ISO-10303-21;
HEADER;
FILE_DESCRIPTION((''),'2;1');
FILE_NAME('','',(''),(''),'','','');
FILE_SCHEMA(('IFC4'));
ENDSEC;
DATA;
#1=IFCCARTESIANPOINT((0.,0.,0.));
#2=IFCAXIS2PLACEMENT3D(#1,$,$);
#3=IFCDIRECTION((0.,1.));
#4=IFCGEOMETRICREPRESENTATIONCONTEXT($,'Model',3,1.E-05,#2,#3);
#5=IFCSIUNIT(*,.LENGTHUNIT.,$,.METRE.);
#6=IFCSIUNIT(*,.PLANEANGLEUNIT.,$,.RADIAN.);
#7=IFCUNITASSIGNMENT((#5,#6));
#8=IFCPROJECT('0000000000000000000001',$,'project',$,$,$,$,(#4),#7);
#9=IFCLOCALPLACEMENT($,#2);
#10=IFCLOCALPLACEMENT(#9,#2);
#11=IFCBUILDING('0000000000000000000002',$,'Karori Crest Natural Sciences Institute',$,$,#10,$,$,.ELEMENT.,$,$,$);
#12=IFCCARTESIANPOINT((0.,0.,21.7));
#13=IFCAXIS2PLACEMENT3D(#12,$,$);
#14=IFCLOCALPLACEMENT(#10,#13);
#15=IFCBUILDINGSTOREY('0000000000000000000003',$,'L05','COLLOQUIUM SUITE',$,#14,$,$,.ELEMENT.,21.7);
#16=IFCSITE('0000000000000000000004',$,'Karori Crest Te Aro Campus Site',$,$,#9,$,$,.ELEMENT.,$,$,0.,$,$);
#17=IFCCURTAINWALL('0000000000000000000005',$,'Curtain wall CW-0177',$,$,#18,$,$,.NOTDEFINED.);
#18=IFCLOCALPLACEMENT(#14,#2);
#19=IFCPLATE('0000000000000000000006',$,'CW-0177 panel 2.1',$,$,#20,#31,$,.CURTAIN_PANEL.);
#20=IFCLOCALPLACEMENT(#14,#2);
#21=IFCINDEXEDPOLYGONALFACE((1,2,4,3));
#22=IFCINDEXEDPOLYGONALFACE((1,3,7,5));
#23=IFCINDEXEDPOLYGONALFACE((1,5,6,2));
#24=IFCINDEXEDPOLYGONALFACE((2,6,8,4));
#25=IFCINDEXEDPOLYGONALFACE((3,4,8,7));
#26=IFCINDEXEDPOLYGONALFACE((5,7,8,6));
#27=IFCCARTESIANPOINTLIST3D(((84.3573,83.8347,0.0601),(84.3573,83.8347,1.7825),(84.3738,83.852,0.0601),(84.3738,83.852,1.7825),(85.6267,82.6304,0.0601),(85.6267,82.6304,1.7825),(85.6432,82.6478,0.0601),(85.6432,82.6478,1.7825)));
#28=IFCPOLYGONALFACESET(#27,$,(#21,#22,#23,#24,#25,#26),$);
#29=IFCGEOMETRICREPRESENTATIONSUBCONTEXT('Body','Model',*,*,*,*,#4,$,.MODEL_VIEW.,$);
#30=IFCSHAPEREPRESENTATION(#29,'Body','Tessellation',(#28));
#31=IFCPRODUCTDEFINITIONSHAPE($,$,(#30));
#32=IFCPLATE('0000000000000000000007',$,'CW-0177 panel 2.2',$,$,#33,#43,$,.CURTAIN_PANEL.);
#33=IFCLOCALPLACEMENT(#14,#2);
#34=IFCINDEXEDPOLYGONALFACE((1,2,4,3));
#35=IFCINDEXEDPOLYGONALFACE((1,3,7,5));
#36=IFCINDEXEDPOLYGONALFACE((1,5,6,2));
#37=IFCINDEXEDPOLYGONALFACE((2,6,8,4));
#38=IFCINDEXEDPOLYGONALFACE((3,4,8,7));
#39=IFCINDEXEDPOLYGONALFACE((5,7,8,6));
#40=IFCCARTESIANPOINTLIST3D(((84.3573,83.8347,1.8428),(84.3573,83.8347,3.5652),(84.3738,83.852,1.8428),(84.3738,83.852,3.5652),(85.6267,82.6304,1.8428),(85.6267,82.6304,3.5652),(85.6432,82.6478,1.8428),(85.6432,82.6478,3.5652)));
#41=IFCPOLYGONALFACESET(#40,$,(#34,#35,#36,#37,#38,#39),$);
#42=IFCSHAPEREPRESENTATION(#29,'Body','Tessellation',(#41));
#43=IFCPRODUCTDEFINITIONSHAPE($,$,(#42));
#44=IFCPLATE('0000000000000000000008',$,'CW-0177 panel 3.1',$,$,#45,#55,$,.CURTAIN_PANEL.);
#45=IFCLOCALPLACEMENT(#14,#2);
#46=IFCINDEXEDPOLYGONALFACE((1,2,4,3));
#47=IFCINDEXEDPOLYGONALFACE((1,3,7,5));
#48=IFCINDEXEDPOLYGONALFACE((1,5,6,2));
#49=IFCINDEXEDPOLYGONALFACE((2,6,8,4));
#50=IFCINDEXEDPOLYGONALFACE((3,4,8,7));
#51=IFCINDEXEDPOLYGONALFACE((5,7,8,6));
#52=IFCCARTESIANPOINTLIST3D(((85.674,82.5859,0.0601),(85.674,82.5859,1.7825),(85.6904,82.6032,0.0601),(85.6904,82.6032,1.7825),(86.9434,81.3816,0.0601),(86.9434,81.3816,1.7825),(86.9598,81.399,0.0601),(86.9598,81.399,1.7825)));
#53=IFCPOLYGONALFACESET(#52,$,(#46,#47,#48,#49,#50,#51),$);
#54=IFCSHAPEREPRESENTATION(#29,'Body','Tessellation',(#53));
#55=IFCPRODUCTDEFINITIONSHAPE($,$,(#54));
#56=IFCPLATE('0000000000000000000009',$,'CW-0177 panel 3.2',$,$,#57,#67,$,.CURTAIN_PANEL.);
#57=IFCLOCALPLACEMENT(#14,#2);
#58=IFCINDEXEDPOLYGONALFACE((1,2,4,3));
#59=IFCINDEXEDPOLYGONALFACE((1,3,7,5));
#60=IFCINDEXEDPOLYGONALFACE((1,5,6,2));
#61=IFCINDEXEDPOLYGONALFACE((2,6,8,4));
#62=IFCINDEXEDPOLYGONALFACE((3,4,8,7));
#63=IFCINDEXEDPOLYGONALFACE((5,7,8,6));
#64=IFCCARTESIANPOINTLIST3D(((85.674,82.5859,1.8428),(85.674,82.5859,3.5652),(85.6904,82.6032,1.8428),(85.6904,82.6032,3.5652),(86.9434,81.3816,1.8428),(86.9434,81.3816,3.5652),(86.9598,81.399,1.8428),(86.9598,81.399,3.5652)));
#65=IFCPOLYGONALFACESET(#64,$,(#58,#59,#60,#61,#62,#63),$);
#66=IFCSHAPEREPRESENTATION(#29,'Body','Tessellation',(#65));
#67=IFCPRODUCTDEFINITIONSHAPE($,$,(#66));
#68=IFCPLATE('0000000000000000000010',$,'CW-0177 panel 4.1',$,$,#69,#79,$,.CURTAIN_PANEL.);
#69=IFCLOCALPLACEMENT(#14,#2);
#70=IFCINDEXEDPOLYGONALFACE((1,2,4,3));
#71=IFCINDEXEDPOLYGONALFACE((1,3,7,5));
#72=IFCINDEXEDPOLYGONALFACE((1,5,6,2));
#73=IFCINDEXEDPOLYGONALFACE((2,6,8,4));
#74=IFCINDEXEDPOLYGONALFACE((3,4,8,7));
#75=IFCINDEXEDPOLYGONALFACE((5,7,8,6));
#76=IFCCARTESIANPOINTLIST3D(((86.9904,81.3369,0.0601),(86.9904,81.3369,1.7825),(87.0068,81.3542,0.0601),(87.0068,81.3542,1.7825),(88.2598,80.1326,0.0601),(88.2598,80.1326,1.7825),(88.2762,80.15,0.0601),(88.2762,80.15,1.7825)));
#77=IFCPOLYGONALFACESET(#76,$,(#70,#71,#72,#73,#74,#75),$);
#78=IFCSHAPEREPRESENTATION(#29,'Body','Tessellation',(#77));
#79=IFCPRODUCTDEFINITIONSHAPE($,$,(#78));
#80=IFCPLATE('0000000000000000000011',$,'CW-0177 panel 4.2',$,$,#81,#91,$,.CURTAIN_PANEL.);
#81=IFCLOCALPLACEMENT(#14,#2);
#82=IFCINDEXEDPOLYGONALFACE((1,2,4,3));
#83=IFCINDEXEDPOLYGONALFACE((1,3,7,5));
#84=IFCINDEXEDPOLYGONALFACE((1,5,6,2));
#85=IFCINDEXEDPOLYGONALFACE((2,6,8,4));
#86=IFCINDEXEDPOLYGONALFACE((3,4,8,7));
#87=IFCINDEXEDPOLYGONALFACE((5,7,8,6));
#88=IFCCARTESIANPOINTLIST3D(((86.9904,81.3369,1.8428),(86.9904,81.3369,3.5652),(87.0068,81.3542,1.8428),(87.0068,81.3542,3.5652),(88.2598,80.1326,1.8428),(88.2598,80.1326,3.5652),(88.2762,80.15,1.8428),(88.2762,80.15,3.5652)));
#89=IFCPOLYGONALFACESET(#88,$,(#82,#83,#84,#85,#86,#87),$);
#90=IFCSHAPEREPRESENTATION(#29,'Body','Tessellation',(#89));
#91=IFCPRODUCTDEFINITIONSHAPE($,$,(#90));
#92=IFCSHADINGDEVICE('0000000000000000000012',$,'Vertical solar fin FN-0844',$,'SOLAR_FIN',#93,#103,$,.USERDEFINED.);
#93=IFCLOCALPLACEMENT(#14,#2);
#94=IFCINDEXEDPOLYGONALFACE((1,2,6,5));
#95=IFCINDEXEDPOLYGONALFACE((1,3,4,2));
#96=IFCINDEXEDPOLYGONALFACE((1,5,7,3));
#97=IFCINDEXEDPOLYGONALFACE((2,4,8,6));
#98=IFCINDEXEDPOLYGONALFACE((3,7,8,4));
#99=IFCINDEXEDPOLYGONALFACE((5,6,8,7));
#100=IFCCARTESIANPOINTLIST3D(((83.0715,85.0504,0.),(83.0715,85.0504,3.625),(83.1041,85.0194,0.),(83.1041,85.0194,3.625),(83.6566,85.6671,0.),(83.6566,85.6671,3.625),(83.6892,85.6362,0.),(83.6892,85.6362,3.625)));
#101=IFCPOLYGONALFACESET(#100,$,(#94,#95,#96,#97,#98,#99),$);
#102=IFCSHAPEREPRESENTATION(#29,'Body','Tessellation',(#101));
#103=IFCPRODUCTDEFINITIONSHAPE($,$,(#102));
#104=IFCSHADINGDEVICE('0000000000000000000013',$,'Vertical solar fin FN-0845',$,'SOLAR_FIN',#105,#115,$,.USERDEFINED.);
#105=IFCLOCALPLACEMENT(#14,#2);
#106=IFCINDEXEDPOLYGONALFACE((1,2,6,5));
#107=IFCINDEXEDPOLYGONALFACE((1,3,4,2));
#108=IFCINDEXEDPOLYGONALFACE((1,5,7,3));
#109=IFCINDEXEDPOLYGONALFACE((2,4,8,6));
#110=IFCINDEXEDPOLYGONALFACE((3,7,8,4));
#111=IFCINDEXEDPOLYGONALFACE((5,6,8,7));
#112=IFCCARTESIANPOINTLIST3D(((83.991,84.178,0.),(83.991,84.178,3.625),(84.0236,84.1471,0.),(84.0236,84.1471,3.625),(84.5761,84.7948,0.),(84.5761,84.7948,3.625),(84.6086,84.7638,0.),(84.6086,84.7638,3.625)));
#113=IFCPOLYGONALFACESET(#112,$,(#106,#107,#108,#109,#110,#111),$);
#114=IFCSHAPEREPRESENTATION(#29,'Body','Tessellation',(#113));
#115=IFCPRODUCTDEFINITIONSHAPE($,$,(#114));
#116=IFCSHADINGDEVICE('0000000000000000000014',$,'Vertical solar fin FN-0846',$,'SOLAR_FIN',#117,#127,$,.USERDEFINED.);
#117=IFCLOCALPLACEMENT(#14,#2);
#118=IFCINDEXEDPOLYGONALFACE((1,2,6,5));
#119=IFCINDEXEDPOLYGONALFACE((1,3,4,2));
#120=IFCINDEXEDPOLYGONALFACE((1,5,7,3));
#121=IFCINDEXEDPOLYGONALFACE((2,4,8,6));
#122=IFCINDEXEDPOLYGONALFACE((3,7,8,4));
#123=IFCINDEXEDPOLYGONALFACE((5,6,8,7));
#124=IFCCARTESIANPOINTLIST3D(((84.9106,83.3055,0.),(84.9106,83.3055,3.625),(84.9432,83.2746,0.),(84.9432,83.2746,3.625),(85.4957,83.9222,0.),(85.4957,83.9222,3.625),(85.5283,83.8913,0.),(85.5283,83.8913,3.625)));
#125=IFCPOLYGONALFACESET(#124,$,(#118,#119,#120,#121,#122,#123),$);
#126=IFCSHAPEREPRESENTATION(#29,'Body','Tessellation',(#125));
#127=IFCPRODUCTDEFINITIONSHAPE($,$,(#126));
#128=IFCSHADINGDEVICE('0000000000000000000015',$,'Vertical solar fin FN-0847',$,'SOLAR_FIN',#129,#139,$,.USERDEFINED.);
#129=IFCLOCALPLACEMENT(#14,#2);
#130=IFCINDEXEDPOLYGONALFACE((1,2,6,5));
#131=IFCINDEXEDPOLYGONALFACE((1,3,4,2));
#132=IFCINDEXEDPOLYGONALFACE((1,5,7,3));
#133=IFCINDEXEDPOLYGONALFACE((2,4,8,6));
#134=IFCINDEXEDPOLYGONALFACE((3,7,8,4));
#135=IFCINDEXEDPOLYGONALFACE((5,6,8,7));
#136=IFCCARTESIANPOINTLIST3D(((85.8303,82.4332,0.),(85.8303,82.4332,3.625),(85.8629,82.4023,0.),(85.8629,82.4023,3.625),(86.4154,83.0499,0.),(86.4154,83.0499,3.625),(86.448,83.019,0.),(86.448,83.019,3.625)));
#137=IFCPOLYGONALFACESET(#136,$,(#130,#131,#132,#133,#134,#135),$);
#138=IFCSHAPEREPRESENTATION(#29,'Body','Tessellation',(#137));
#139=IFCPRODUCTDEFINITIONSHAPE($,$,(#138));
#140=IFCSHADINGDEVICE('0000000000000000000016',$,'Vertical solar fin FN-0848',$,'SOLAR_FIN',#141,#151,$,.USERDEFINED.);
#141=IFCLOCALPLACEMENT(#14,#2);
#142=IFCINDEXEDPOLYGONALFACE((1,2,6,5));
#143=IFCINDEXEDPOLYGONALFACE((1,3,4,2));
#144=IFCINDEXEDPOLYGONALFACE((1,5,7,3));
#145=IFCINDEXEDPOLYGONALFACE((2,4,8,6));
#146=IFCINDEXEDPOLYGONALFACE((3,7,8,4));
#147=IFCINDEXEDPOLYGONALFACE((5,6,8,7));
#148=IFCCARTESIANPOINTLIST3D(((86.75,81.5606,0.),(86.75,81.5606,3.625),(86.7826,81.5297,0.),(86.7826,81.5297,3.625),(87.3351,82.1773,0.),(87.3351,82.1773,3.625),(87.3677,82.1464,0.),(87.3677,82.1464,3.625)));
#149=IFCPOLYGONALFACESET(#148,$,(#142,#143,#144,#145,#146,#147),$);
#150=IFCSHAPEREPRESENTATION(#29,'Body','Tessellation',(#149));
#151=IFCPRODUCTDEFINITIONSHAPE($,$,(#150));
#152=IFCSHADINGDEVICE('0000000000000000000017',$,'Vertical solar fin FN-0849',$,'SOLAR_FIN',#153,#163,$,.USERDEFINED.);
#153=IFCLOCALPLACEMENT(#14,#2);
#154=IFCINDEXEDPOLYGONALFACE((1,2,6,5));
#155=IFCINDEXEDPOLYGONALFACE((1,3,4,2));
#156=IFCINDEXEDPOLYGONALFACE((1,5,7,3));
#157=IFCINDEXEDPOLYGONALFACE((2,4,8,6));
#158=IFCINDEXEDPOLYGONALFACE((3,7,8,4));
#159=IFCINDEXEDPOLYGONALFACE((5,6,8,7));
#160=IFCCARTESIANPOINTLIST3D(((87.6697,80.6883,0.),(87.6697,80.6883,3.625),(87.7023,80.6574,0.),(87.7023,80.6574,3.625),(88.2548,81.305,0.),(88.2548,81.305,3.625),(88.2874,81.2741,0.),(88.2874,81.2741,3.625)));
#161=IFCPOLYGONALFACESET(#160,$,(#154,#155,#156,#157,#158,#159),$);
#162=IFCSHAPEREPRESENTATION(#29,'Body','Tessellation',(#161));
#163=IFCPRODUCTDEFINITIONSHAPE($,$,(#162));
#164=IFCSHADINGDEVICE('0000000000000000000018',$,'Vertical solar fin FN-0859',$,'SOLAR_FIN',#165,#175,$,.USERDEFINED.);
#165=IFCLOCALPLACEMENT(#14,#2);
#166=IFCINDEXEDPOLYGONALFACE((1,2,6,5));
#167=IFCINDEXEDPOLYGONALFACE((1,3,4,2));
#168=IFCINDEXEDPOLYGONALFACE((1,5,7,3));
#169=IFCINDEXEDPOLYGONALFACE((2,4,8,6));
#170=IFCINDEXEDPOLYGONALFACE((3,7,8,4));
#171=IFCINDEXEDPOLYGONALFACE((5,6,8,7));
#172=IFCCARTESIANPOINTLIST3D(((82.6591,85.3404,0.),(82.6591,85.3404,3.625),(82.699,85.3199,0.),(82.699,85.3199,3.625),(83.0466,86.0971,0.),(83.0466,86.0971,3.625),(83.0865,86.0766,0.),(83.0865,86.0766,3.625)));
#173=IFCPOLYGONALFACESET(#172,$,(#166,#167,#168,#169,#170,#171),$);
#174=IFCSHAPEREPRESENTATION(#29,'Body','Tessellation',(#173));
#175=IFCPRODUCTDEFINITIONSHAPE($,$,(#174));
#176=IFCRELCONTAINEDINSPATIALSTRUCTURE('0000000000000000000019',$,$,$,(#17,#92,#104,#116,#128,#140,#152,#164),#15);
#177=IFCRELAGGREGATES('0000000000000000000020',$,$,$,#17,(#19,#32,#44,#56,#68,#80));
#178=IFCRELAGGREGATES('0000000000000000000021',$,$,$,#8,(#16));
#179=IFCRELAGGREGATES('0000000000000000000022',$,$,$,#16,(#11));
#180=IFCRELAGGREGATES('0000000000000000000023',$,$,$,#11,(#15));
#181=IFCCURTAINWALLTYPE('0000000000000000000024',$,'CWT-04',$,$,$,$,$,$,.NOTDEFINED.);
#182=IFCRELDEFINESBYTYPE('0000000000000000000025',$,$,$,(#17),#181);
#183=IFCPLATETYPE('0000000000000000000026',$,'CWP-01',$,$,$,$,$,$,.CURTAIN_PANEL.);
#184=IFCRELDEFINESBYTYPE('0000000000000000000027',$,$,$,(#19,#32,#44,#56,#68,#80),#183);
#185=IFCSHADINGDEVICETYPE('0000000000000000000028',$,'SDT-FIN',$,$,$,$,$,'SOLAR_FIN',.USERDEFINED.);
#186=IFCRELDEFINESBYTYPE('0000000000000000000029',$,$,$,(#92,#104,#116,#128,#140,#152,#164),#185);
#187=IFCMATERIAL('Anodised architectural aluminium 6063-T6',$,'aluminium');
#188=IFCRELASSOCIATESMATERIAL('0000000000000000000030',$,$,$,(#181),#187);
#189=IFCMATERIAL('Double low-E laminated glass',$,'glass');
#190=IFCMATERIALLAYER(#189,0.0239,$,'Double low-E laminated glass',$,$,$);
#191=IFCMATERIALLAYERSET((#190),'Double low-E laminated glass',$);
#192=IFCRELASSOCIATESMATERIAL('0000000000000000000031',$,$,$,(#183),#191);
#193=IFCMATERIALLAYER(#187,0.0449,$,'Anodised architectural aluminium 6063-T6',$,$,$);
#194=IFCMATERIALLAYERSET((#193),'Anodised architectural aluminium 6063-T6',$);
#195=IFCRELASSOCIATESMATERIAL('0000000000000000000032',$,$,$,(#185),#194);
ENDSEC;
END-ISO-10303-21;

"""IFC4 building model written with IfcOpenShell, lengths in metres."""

from ifc_helpers import new_model, si_unit, direction, frame, origin, origin_2d, place, context, subcontext, project, spatial, rectangle, extrude, material, layer, layer_set, type_object, element, aggregate, save


model = new_model("IFC4")

# Units and contexts
model_context = context("Model", 3, precision=1e-05, world=origin(), true_north=direction((0.0, 1.0)))
body_context = subcontext(model_context, "Body", "Model", "MODEL_VIEW")
ifc_project = project(units=[si_unit("LENGTHUNIT", "METRE"), si_unit("PLANEANGLEUNIT", "RADIAN")], contexts=[model_context])

# Site, building, storey
site_placement = place(None, origin())
site = spatial("IfcSite", under=ifc_project, at=site_placement, Name="Karori Crest Te Aro Campus Site", CompositionType="ELEMENT", RefElevation=0.0)
building_placement = place(site_placement, origin())
building = spatial("IfcBuilding", under=site, at=building_placement, Name="Karori Crest Natural Sciences Institute", CompositionType="ELEMENT")
storey_placement = place(building_placement, frame((0.0, 0.0, 21.7)))
storey = spatial("IfcBuildingStorey", under=building, at=storey_placement, Name="L05", Description="COLLOQUIUM SUITE", CompositionType="ELEMENT", Elevation=21.7)

# Curtain wall, plates
ifc_material_1 = material(Name="Anodised architectural aluminium 6063-T6", Category="aluminium")
curtain_wall_type = type_object("IfcCurtainWallType", Name="CWT-04", PredefinedType="NOTDEFINED", material=ifc_material_1)
curtain_wall_placement = place(storey_placement, origin())
curtain_wall = element("IfcCurtainWall", 1, at=curtain_wall_placement, inside=storey, type_object=curtain_wall_type, Name="Curtain wall CW-0177", PredefinedType="NOTDEFINED")
ifc_material_2 = material(Name="Double low-E laminated glass", Category="glass")
ifc_layer_1 = layer(ifc_material_2, 0.0239, Name="Double low-E laminated glass")
ifc_layer_set_1 = layer_set([ifc_layer_1], Name="Double low-E laminated glass")
plate_type = type_object("IfcPlateType", Name="CWP-01", PredefinedType="CURTAIN_PANEL", material=ifc_layer_set_1)
plate_1_placement = place(storey_placement, frame((85.0002, 83.2412, 0.0601), z_axis=(0.0, 0.0, 1.0), x_axis=(0.725471, -0.688252, 0.0)))
plate_1 = element("IfcPlate", 2, at=plate_1_placement, type_object=plate_type, Name="CW-0177 panel 2.1", PredefinedType="CURTAIN_PANEL", context=body_context, shape_type="SweptSolid", body=[
    extrude(rectangle(XDim=1.7498, YDim=0.0239, at=origin_2d()), origin(), (0.0, 0.0, 1.0), 1.7224),
])
plate_2_placement = place(storey_placement, frame((85.0002, 83.2412, 1.8428), z_axis=(0.0, 0.0, 1.0), x_axis=(0.725471, -0.688252, 0.0)))
plate_2 = element("IfcPlate", 3, at=plate_2_placement, type_object=plate_type, Name="CW-0177 panel 2.2", PredefinedType="CURTAIN_PANEL", context=body_context, shape_type="SweptSolid", body=[
    extrude(rectangle(XDim=1.7498, YDim=0.0239, at=origin_2d()), origin(), (0.0, 0.0, 1.0), 1.7224),
])
plate_3_placement = place(storey_placement, frame((86.3169, 81.9924, 0.0601), z_axis=(0.0, 0.0, 1.0), x_axis=(0.725471, -0.688252, 0.0)))
plate_3 = element("IfcPlate", 4, at=plate_3_placement, type_object=plate_type, Name="CW-0177 panel 3.1", PredefinedType="CURTAIN_PANEL", context=body_context, shape_type="SweptSolid", body=[
    extrude(rectangle(XDim=1.7498, YDim=0.0239, at=origin_2d()), origin(), (0.0, 0.0, 1.0), 1.7224),
])
plate_4_placement = place(storey_placement, frame((86.3169, 81.9924, 1.8428), z_axis=(0.0, 0.0, 1.0), x_axis=(0.725471, -0.688252, 0.0)))
plate_4 = element("IfcPlate", 5, at=plate_4_placement, type_object=plate_type, Name="CW-0177 panel 3.2", PredefinedType="CURTAIN_PANEL", context=body_context, shape_type="SweptSolid", body=[
    extrude(rectangle(XDim=1.7498, YDim=0.0239, at=origin_2d()), origin(), (0.0, 0.0, 1.0), 1.7224),
])
plate_5_placement = place(storey_placement, frame((87.6333, 80.7434, 0.0601), z_axis=(0.0, 0.0, 1.0), x_axis=(0.725471, -0.688252, 0.0)))
plate_5 = element("IfcPlate", 6, at=plate_5_placement, type_object=plate_type, Name="CW-0177 panel 4.1", PredefinedType="CURTAIN_PANEL", context=body_context, shape_type="SweptSolid", body=[
    extrude(rectangle(XDim=1.7498, YDim=0.0239, at=origin_2d()), origin(), (0.0, 0.0, 1.0), 1.7224),
])
plate_6_placement = place(storey_placement, frame((87.6333, 80.7434, 1.8428), z_axis=(0.0, 0.0, 1.0), x_axis=(0.725471, -0.688252, 0.0)))
plate_6 = element("IfcPlate", 7, at=plate_6_placement, type_object=plate_type, Name="CW-0177 panel 4.2", PredefinedType="CURTAIN_PANEL", context=body_context, shape_type="SweptSolid", body=[
    extrude(rectangle(XDim=1.7498, YDim=0.0239, at=origin_2d()), origin(), (0.0, 0.0, 1.0), 1.7224),
])
aggregate(curtain_wall, [plate_1, plate_2, plate_3, plate_4, plate_5, plate_6])

# Shading devices
ifc_layer_2 = layer(ifc_material_1, 0.0449, Name="Anodised architectural aluminium 6063-T6")
ifc_layer_set_2 = layer_set([ifc_layer_2], Name="Anodised architectural aluminium 6063-T6")
shading_device_type = type_object("IfcShadingDeviceType", Name="SDT-FIN", ElementType="SOLAR_FIN", PredefinedType="USERDEFINED", material=ifc_layer_set_2)
for number, where, z_axis, x_axis, name in (
    (8, (83.3804, 85.3433, 0.0), (0.0, 0.0, 1.0), (0.688252, 0.725472, 0.0), "Vertical solar fin FN-0844"),
    (9, (84.2998, 84.4709, 0.0), (0.0, 0.0, 1.0), (0.688252, 0.725472, 0.0), "Vertical solar fin FN-0845"),
    (10, (85.2195, 83.5984, 0.0), (0.0, 0.0, 1.0), (0.688252, 0.725472, 0.0), "Vertical solar fin FN-0846"),
    (11, (86.1392, 82.7261, 0.0), (0.0, 0.0, 1.0), (0.688252, 0.725472, 0.0), "Vertical solar fin FN-0847"),
    (12, (87.0588, 81.8535, 0.0), (0.0, 0.0, 1.0), (0.688252, 0.725472, 0.0), "Vertical solar fin FN-0848"),
    (13, (87.9785, 80.9812, 0.0), (0.0, 0.0, 1.0), (0.688252, 0.725472, 0.0), "Vertical solar fin FN-0849"),
    (14, (82.8728, 85.7085, 0.0), (0.0, 0.0, 1.0), (0.455829, 0.890067, 0.0), "Vertical solar fin FN-0859"),
):
    element("IfcShadingDevice", number, at=place(storey_placement, frame(where, z_axis=z_axis, x_axis=x_axis)), inside=storey, type_object=shading_device_type, Name=name, ObjectType="SOLAR_FIN", PredefinedType="USERDEFINED", context=body_context, shape_type="SweptSolid", body=[
        extrude(rectangle(XDim=0.8501, YDim=0.0449, at=origin_2d()), origin(), (0.0, 0.0, 1.0), 3.625),
    ])

save(model, "model.ifc")
